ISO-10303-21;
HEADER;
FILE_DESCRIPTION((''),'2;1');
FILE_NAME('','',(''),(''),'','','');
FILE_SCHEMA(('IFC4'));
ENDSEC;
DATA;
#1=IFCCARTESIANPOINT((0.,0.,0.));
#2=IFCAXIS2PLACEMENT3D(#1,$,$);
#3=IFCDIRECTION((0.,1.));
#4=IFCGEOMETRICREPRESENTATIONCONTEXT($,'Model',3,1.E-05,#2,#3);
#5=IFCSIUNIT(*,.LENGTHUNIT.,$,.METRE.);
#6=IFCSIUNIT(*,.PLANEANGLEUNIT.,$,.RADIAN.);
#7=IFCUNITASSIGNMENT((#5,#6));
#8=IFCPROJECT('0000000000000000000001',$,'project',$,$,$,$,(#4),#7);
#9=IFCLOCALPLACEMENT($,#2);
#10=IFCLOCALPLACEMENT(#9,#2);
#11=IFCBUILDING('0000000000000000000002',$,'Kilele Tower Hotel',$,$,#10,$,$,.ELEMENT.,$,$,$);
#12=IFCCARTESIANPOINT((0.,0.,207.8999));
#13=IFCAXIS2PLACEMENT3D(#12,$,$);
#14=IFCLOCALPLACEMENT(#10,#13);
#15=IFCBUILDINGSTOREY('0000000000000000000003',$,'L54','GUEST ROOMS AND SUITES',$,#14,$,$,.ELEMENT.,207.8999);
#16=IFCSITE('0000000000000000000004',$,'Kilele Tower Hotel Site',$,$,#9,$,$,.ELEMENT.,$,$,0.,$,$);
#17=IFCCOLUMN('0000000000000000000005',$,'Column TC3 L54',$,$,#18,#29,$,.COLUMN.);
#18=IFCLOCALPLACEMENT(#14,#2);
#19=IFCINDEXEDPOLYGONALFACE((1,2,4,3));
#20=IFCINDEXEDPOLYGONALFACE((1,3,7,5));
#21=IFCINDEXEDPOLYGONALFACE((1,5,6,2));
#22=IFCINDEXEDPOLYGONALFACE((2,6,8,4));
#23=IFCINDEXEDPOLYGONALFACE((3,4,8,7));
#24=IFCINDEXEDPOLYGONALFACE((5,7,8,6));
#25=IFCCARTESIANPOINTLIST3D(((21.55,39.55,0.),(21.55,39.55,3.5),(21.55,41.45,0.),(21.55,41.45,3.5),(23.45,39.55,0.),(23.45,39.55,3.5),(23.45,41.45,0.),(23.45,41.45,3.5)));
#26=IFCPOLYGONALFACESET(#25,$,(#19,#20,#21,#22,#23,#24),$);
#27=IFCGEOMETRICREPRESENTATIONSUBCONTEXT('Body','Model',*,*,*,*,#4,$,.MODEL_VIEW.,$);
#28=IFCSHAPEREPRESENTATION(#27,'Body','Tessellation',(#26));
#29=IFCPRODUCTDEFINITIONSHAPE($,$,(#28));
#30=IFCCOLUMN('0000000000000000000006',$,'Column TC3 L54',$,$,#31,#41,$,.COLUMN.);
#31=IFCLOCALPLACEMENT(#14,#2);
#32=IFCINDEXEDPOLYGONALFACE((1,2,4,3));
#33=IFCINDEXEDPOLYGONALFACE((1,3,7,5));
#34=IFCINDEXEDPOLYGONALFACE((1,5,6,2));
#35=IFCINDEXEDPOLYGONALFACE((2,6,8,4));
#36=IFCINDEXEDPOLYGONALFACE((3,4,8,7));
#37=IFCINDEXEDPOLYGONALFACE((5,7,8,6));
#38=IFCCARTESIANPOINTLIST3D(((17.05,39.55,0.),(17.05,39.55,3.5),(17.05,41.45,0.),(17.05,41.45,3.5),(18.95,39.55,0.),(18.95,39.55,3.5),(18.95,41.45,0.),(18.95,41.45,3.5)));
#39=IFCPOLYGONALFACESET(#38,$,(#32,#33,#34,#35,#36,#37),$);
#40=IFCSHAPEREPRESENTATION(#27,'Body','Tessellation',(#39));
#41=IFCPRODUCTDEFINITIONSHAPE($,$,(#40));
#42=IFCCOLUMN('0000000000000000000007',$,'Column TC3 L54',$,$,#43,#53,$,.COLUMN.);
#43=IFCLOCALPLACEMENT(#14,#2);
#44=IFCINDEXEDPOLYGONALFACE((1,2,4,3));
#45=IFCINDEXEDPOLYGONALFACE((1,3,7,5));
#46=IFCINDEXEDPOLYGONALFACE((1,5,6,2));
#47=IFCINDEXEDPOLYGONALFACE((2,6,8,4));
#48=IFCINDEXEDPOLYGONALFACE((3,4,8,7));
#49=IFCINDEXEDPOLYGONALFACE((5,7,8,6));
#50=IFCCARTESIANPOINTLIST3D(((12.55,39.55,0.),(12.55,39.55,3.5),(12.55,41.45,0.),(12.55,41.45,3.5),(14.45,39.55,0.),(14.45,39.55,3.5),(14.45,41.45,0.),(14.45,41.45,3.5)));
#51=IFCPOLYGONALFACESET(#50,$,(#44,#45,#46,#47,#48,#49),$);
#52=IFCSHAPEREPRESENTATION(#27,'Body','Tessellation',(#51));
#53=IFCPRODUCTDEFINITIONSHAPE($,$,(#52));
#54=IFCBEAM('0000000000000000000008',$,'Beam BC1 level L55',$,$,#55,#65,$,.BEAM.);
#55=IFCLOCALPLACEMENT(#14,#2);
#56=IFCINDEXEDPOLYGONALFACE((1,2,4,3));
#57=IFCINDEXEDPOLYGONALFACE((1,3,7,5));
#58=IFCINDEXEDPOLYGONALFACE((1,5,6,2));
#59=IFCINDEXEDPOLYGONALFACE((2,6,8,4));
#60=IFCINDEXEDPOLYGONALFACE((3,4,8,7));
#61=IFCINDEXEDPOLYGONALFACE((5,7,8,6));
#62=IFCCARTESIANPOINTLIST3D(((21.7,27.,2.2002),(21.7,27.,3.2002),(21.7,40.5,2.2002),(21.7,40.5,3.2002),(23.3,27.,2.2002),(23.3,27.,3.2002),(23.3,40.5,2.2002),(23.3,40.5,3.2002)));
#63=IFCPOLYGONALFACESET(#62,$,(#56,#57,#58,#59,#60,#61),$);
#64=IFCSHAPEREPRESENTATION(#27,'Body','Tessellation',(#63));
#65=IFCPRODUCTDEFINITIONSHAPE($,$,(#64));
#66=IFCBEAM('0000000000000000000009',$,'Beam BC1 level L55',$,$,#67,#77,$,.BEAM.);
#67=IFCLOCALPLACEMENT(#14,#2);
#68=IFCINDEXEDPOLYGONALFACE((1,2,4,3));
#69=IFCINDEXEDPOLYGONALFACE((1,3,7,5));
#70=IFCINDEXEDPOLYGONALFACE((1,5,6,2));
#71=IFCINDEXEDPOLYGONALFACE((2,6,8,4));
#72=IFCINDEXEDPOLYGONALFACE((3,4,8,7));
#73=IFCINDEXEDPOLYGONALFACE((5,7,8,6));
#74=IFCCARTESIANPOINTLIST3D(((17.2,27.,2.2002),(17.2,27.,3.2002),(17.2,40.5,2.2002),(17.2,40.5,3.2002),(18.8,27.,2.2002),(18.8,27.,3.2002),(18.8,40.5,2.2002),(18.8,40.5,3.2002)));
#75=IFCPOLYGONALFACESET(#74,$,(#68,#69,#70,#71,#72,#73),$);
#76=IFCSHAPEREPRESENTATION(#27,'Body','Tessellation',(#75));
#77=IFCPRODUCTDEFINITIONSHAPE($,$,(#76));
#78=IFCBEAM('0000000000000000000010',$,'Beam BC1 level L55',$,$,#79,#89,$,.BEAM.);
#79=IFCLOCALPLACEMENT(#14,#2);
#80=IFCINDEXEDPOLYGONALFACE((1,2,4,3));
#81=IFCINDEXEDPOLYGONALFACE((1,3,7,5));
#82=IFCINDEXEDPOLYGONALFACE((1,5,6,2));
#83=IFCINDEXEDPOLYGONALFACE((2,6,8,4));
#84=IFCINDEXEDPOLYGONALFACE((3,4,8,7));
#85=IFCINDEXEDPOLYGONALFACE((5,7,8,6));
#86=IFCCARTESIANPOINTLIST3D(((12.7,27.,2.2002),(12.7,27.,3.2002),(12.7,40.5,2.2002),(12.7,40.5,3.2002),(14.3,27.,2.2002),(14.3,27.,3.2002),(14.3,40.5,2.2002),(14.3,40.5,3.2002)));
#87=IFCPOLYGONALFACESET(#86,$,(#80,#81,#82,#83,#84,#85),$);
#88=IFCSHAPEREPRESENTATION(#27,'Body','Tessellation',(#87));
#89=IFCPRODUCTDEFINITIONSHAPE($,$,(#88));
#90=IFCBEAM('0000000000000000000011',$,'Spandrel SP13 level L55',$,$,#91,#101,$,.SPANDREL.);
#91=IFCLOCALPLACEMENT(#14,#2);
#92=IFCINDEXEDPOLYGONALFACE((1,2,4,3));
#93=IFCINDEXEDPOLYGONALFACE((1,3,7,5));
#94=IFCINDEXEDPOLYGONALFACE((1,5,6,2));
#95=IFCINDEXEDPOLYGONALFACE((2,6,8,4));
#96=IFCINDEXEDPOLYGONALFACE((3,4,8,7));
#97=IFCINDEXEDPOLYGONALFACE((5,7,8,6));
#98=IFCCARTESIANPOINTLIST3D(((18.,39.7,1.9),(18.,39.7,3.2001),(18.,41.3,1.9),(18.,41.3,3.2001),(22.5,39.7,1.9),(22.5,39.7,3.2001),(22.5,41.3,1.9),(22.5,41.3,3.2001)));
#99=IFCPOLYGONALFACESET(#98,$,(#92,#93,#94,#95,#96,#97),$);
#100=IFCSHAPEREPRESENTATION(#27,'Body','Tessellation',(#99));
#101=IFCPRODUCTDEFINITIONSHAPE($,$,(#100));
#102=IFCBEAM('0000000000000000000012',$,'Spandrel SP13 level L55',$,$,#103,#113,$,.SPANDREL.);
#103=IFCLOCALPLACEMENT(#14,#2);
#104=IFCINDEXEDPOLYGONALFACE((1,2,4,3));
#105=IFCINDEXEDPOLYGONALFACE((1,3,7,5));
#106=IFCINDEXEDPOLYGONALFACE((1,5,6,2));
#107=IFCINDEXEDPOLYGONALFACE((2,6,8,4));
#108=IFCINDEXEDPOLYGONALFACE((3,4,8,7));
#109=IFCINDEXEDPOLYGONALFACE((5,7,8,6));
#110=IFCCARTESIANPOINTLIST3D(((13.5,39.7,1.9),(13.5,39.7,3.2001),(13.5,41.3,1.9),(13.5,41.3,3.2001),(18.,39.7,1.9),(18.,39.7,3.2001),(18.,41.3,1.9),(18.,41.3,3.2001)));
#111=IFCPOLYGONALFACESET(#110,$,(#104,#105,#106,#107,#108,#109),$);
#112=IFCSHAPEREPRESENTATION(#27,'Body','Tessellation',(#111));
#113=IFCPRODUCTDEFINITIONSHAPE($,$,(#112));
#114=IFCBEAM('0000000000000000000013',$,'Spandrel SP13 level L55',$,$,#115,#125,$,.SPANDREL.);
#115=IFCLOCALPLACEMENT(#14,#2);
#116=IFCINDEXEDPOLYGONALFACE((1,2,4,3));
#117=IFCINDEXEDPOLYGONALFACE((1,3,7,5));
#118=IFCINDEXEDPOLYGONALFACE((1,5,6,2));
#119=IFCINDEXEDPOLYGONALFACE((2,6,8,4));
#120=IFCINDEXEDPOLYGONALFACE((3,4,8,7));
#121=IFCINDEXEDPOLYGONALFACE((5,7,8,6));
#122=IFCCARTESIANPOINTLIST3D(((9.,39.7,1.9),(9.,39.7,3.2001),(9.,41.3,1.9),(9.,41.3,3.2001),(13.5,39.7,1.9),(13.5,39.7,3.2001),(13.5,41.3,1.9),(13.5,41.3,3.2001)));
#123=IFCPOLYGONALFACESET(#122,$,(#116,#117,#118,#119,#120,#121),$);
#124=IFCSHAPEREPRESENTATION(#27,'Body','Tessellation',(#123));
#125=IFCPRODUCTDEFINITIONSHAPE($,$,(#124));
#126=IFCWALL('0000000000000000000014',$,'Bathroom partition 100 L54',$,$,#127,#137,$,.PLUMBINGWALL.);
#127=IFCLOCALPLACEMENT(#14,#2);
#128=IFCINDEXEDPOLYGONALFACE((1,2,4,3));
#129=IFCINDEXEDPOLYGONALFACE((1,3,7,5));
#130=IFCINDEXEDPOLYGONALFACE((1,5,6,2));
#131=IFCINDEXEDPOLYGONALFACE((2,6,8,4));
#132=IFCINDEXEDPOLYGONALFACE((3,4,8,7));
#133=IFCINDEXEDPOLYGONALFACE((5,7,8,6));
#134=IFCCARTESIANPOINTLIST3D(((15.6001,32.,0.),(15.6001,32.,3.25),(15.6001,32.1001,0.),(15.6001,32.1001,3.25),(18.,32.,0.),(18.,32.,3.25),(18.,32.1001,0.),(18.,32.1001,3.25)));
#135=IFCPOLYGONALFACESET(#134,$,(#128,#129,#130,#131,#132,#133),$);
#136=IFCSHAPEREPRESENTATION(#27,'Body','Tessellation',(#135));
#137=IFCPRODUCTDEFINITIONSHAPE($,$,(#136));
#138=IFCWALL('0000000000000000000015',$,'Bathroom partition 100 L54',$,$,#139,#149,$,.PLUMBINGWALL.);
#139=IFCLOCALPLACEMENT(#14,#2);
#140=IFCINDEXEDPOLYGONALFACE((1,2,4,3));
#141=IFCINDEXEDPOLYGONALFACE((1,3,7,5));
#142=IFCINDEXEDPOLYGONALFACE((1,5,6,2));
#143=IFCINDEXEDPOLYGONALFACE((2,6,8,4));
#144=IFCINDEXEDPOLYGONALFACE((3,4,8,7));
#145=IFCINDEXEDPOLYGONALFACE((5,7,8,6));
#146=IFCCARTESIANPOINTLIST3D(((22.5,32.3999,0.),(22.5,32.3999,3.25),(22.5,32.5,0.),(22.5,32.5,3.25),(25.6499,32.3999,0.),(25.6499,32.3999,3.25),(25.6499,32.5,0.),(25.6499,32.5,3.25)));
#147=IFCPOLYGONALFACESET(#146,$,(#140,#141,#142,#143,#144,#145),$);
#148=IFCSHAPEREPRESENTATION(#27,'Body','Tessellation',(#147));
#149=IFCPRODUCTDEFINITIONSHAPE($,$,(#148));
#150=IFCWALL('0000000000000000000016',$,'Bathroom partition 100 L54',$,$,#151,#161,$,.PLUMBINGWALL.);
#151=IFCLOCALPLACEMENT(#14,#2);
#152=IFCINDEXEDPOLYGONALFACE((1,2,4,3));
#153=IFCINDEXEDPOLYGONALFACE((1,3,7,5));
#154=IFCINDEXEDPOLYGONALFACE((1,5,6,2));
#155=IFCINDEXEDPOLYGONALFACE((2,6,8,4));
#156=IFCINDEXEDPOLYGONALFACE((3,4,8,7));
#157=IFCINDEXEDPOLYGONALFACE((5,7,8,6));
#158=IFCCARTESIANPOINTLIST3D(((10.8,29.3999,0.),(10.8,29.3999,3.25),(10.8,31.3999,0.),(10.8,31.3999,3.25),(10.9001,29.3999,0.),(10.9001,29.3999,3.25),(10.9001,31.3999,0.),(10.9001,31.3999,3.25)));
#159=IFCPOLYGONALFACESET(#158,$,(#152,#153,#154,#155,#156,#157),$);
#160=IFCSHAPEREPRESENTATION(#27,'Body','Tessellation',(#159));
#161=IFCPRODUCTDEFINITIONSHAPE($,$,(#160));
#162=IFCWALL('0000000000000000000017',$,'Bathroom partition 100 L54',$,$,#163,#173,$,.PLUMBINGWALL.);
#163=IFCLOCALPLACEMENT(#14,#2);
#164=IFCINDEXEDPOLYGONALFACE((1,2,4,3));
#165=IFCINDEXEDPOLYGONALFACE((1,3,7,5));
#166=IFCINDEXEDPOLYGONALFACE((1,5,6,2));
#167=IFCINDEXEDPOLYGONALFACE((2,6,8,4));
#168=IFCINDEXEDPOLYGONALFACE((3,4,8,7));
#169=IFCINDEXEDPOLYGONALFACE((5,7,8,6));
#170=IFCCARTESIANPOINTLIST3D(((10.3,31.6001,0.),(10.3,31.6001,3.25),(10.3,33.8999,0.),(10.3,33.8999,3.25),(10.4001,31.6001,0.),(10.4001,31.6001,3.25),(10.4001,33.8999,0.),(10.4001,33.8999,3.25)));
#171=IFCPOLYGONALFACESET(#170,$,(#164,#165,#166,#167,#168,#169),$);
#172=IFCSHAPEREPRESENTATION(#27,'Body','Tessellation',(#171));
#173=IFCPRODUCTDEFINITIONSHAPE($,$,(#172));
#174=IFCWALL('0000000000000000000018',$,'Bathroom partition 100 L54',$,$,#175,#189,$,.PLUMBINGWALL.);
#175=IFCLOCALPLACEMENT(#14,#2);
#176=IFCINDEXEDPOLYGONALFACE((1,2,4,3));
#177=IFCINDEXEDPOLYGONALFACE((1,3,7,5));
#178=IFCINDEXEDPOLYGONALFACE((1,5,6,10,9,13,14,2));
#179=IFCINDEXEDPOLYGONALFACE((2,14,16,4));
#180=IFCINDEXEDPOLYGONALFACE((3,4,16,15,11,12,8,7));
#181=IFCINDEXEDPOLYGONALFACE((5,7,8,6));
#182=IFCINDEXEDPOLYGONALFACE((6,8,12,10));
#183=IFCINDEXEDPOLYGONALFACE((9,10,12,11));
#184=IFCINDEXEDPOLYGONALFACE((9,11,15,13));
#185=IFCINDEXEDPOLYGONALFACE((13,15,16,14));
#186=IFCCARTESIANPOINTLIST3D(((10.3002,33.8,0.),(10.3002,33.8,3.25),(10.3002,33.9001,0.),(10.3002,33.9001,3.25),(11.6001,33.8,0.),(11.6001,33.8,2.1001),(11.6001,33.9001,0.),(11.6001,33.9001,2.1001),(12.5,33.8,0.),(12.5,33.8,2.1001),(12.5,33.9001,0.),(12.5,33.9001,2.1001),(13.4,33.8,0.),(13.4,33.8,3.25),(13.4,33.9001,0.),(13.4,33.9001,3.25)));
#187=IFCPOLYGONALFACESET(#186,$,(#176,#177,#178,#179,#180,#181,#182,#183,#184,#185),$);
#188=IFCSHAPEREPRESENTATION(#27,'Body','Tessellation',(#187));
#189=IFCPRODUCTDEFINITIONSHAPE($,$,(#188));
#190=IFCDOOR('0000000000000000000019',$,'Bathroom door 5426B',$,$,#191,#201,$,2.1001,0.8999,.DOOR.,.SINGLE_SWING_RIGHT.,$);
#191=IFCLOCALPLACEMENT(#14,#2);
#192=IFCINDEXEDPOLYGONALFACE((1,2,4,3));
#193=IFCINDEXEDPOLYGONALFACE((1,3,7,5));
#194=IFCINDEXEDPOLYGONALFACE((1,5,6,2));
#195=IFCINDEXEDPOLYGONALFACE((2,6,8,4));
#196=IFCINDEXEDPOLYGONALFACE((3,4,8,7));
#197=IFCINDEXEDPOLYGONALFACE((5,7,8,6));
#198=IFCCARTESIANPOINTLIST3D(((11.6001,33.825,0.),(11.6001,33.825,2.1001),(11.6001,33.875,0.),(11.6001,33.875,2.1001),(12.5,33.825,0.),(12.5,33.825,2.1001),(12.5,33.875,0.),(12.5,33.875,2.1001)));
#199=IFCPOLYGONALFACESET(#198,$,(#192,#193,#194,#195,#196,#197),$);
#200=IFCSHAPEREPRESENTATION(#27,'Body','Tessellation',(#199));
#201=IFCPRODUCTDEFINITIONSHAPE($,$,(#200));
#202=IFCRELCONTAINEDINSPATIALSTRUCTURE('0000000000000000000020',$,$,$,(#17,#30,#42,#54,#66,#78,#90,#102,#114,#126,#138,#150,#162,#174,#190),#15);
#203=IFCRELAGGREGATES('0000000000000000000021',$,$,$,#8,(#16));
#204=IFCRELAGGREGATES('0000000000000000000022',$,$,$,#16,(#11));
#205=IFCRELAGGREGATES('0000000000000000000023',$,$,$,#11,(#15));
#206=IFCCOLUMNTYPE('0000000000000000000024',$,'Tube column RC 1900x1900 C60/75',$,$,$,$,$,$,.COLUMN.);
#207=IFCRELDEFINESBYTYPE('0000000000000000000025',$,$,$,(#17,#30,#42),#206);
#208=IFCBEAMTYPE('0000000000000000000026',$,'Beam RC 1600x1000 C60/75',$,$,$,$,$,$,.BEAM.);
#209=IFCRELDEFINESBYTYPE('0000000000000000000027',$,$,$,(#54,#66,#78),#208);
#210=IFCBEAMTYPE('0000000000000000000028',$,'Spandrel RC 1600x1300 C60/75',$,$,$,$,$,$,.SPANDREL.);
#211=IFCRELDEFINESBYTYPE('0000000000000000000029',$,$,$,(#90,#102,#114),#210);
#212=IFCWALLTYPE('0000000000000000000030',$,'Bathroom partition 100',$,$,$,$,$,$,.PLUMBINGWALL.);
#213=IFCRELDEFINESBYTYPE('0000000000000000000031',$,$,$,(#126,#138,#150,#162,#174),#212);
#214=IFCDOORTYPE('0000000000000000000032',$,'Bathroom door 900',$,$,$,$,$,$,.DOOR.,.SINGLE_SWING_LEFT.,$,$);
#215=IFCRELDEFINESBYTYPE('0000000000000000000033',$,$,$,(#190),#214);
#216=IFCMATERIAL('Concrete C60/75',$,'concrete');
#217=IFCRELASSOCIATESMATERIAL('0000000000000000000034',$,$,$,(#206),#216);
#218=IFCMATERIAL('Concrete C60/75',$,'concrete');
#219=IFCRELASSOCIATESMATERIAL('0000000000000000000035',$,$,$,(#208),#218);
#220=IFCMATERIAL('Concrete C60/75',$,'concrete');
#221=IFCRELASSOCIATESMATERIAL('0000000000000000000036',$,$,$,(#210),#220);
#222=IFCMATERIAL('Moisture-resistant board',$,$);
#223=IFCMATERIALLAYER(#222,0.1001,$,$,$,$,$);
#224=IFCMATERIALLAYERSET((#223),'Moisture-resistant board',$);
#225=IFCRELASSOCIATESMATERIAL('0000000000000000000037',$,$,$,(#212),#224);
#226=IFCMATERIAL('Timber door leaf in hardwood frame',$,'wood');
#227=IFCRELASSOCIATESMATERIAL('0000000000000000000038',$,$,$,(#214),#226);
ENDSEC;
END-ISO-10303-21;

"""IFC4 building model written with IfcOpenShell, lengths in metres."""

from ifc_helpers import new_model, si_unit, direction, frame, frame_2d, origin, origin_2d, place, context, subcontext, project, spatial, rectangle, extrude, material, layer, layer_set, material_profile, profile_set, type_object, element, fill, save


model = new_model("IFC4")

# Units and contexts
model_context = context("Model", 3, precision=1e-05, world=origin(), true_north=direction((0.0, 1.0)))
body_context = subcontext(model_context, "Body", "Model", "MODEL_VIEW")
ifc_project = project(units=[si_unit("LENGTHUNIT", "METRE"), si_unit("PLANEANGLEUNIT", "RADIAN")], contexts=[model_context])

# Site, building, storey
site_placement = place(None, origin())
site = spatial("IfcSite", under=ifc_project, at=site_placement, Name="Kilele Tower Hotel Site", CompositionType="ELEMENT", RefElevation=0.0)
building_placement = place(site_placement, origin())
building = spatial("IfcBuilding", under=site, at=building_placement, Name="Kilele Tower Hotel", CompositionType="ELEMENT")
storey_placement = place(building_placement, frame((0.0, 0.0, 207.8999)))
storey = spatial("IfcBuildingStorey", under=building, at=storey_placement, Name="L54", Description="GUEST ROOMS AND SUITES", CompositionType="ELEMENT", Elevation=207.8999)

# Columns
ifc_material_1 = material(Name="Concrete C60/75", Category="concrete")
ifc_material_profile_1 = material_profile(ifc_material_1, rectangle(XDim=1.8999, YDim=1.8999, at=origin_2d()))
ifc_profile_set_1 = profile_set([ifc_material_profile_1], Name="Concrete C60/75")
column_type = type_object("IfcColumnType", Name="Tube column RC 1900x1900 C60/75", PredefinedType="COLUMN", material=ifc_profile_set_1)
for number, where, z_axis, x_axis, name in (
    (1, (22.5, 40.5, 0.0), (0.0, 0.0, 1.0), (1.0, 0.0, 0.0), "Column TC3 L54"),
    (2, (18.0, 40.5, 0.0), (0.0, 0.0, 1.0), (1.0, 0.0, 0.0), "Column TC3 L54"),
    (3, (13.5, 40.5, 0.0), (0.0, 0.0, 1.0), (1.0, 0.0, 0.0), "Column TC3 L54"),
):
    element("IfcColumn", number, at=place(storey_placement, frame(where, z_axis=z_axis, x_axis=x_axis)), inside=storey, type_object=column_type, Name=name, PredefinedType="COLUMN", context=body_context, shape_type="SweptSolid", body=[
        extrude(rectangle(XDim=1.8999, YDim=1.8999, at=origin_2d()), origin(), (0.0, 0.0, 1.0), 3.5),
    ])

# Beams
ifc_material_2 = material(Name="Concrete C60/75", Category="concrete")
ifc_material_profile_2 = material_profile(ifc_material_2, rectangle(XDim=1.6001, YDim=1.0, at=origin_2d()))
ifc_profile_set_2 = profile_set([ifc_material_profile_2], Name="Concrete C60/75")
beam_type_1 = type_object("IfcBeamType", Name="Beam RC 1600x1000 C60/75", PredefinedType="BEAM", material=ifc_profile_set_2)
for number, where, z_axis, x_axis, name in (
    (4, (22.5, 40.5, 2.7002), (0.0, -1.0, 0.0), (1.0, 0.0, 0.0), "Beam BC1 level L55"),
    (5, (18.0, 40.5, 2.7002), (0.0, -1.0, 0.0), (1.0, 0.0, 0.0), "Beam BC1 level L55"),
    (6, (13.5, 40.5, 2.7002), (0.0, -1.0, 0.0), (1.0, 0.0, 0.0), "Beam BC1 level L55"),
):
    element("IfcBeam", number, at=place(storey_placement, frame(where, z_axis=z_axis, x_axis=x_axis)), inside=storey, type_object=beam_type_1, Name=name, PredefinedType="BEAM", context=body_context, shape_type="SweptSolid", body=[
        extrude(rectangle(XDim=1.6001, YDim=1.0, at=origin_2d()), origin(), (0.0, 0.0, 1.0), 13.5),
    ])
ifc_material_3 = material(Name="Concrete C60/75", Category="concrete")
ifc_material_profile_3 = material_profile(ifc_material_3, rectangle(XDim=1.6001, YDim=1.3, at=origin_2d()))
ifc_profile_set_3 = profile_set([ifc_material_profile_3], Name="Concrete C60/75")
beam_type_2 = type_object("IfcBeamType", Name="Spandrel RC 1600x1300 C60/75", PredefinedType="SPANDREL", material=ifc_profile_set_3)
for number, where, z_axis, x_axis, name in (
    (7, (22.5, 40.5, 2.55), (-1.0, 0.0, 0.0), (0.0, -1.0, 0.0), "Spandrel SP13 level L55"),
    (8, (18.0, 40.5, 2.55), (-1.0, 0.0, 0.0), (0.0, -1.0, 0.0), "Spandrel SP13 level L55"),
    (9, (13.5, 40.5, 2.55), (-1.0, 0.0, 0.0), (0.0, -1.0, 0.0), "Spandrel SP13 level L55"),
):
    element("IfcBeam", number, at=place(storey_placement, frame(where, z_axis=z_axis, x_axis=x_axis)), inside=storey, type_object=beam_type_2, Name=name, PredefinedType="SPANDREL", context=body_context, shape_type="SweptSolid", body=[
        extrude(rectangle(XDim=1.6001, YDim=1.3, at=origin_2d()), origin(), (0.0, 0.0, 1.0), 4.5),
    ])

# Walls
ifc_material_4 = material(Name="Moisture-resistant board")
ifc_layer_1 = layer(ifc_material_4, 0.1001)
ifc_layer_set_1 = layer_set([ifc_layer_1], Name="Moisture-resistant board")
wall_type_1 = type_object("IfcWallType", Name="Bathroom partition 100", PredefinedType="PLUMBINGWALL", material=ifc_layer_set_1)
wall_1_placement = place(storey_placement, frame((15.6001, 32.05, 0.0), z_axis=(0.0, 0.0, 1.0), x_axis=(1.0, 0.0, 0.0)))
element("IfcWall", 10, at=wall_1_placement, inside=storey, type_object=wall_type_1, Name="Bathroom partition 100 L54", PredefinedType="PLUMBINGWALL", context=body_context, shape_type="SweptSolid", body=[
    extrude(rectangle(XDim=2.3999, YDim=0.1001, at=frame_2d((1.2, 0.0))), origin(), (0.0, 0.0, 1.0), 3.25),
])
wall_2_placement = place(storey_placement, frame((22.5, 32.45, 0.0), z_axis=(0.0, 0.0, 1.0), x_axis=(1.0, 0.0, 0.0)))
element("IfcWall", 11, at=wall_2_placement, inside=storey, type_object=wall_type_1, Name="Bathroom partition 100 L54", PredefinedType="PLUMBINGWALL", context=body_context, shape_type="SweptSolid", body=[
    extrude(rectangle(XDim=3.1499, YDim=0.1001, at=frame_2d((1.575, 0.0))), origin(), (0.0, 0.0, 1.0), 3.25),
])
wall_3_placement = place(storey_placement, frame((10.8501, 31.3999, 0.0), z_axis=(0.0, 0.0, 1.0), x_axis=(0.0, -1.0, 0.0)))
element("IfcWall", 12, at=wall_3_placement, inside=storey, type_object=wall_type_1, Name="Bathroom partition 100 L54", PredefinedType="PLUMBINGWALL", context=body_context, shape_type="SweptSolid", body=[
    extrude(rectangle(XDim=2.0, YDim=0.1001, at=frame_2d((1.0, 0.0))), origin(), (0.0, 0.0, 1.0), 3.25),
])
wall_4_placement = place(storey_placement, frame((10.3501, 31.6001, 0.0), z_axis=(0.0, 0.0, 1.0), x_axis=(0.0, 1.0, 0.0)))
element("IfcWall", 13, at=wall_4_placement, inside=storey, type_object=wall_type_1, Name="Bathroom partition 100 L54", PredefinedType="PLUMBINGWALL", context=body_context, shape_type="SweptSolid", body=[
    extrude(rectangle(XDim=2.2998, YDim=0.1001, at=frame_2d((1.1499, 0.0))), origin(), (0.0, 0.0, 1.0), 3.25),
])

# Wall, opening, door
wall_5_placement = place(storey_placement, frame((13.3999, 33.8501, 0.0), z_axis=(0.0, 0.0, 1.0), x_axis=(-1.0, 0.0, 0.0)))
wall_5 = element("IfcWall", 14, at=wall_5_placement, inside=storey, type_object=wall_type_1, Name="Bathroom partition 100 L54", PredefinedType="PLUMBINGWALL", context=body_context, shape_type="SweptSolid", body=[
    extrude(rectangle(XDim=3.0999, YDim=0.1001, at=frame_2d((1.5498, 0.0))), origin(), (0.0, 0.0, 1.0), 3.25),
])
opening_1_placement = place(wall_5_placement, frame((1.7998, 0.0, 0.0), z_axis=(0.0, 0.0, 1.0), x_axis=(-1.0, 0.0, 0.0)))
opening_1 = element("IfcOpeningElement", 15, at=opening_1_placement, cuts=wall_5, PredefinedType="OPENING", context=body_context, shape_type="SweptSolid", body=[
    extrude(rectangle(XDim=0.8999, YDim=2.1001, at=frame_2d((0.45, 1.05))), frame((0.0, 0.0601, 0.0), z_axis=(0.0, -1.0, 0.0), x_axis=(1.0, 0.0, 0.0)), (0.0, 0.0, 1.0), 0.1201),
])
ifc_material_5 = material(Name="Timber door leaf in hardwood frame", Category="wood")
door_type_1 = type_object("IfcDoorType", Name="Bathroom door 900", OperationType="SINGLE_SWING_LEFT", PredefinedType="DOOR", material=ifc_material_5)
door_1_placement = place(opening_1_placement, origin())
door_1 = element("IfcDoor", 16, at=door_1_placement, inside=storey, type_object=door_type_1, Name="Bathroom door 5426B", OperationType="SINGLE_SWING_RIGHT", OverallHeight=2.1001, OverallWidth=0.8999, PredefinedType="DOOR", context=body_context, shape_type="SweptSolid", body=[
    extrude(rectangle(XDim=0.8999, YDim=2.1001, at=frame_2d((0.45, 1.05))), frame((0.0, 0.0249, 0.0), z_axis=(0.0, -1.0, 0.0), x_axis=(1.0, 0.0, 0.0)), (0.0, 0.0, 1.0), 0.05),
])
fill(opening_1, door_1)

save(model, "model.ifc")
